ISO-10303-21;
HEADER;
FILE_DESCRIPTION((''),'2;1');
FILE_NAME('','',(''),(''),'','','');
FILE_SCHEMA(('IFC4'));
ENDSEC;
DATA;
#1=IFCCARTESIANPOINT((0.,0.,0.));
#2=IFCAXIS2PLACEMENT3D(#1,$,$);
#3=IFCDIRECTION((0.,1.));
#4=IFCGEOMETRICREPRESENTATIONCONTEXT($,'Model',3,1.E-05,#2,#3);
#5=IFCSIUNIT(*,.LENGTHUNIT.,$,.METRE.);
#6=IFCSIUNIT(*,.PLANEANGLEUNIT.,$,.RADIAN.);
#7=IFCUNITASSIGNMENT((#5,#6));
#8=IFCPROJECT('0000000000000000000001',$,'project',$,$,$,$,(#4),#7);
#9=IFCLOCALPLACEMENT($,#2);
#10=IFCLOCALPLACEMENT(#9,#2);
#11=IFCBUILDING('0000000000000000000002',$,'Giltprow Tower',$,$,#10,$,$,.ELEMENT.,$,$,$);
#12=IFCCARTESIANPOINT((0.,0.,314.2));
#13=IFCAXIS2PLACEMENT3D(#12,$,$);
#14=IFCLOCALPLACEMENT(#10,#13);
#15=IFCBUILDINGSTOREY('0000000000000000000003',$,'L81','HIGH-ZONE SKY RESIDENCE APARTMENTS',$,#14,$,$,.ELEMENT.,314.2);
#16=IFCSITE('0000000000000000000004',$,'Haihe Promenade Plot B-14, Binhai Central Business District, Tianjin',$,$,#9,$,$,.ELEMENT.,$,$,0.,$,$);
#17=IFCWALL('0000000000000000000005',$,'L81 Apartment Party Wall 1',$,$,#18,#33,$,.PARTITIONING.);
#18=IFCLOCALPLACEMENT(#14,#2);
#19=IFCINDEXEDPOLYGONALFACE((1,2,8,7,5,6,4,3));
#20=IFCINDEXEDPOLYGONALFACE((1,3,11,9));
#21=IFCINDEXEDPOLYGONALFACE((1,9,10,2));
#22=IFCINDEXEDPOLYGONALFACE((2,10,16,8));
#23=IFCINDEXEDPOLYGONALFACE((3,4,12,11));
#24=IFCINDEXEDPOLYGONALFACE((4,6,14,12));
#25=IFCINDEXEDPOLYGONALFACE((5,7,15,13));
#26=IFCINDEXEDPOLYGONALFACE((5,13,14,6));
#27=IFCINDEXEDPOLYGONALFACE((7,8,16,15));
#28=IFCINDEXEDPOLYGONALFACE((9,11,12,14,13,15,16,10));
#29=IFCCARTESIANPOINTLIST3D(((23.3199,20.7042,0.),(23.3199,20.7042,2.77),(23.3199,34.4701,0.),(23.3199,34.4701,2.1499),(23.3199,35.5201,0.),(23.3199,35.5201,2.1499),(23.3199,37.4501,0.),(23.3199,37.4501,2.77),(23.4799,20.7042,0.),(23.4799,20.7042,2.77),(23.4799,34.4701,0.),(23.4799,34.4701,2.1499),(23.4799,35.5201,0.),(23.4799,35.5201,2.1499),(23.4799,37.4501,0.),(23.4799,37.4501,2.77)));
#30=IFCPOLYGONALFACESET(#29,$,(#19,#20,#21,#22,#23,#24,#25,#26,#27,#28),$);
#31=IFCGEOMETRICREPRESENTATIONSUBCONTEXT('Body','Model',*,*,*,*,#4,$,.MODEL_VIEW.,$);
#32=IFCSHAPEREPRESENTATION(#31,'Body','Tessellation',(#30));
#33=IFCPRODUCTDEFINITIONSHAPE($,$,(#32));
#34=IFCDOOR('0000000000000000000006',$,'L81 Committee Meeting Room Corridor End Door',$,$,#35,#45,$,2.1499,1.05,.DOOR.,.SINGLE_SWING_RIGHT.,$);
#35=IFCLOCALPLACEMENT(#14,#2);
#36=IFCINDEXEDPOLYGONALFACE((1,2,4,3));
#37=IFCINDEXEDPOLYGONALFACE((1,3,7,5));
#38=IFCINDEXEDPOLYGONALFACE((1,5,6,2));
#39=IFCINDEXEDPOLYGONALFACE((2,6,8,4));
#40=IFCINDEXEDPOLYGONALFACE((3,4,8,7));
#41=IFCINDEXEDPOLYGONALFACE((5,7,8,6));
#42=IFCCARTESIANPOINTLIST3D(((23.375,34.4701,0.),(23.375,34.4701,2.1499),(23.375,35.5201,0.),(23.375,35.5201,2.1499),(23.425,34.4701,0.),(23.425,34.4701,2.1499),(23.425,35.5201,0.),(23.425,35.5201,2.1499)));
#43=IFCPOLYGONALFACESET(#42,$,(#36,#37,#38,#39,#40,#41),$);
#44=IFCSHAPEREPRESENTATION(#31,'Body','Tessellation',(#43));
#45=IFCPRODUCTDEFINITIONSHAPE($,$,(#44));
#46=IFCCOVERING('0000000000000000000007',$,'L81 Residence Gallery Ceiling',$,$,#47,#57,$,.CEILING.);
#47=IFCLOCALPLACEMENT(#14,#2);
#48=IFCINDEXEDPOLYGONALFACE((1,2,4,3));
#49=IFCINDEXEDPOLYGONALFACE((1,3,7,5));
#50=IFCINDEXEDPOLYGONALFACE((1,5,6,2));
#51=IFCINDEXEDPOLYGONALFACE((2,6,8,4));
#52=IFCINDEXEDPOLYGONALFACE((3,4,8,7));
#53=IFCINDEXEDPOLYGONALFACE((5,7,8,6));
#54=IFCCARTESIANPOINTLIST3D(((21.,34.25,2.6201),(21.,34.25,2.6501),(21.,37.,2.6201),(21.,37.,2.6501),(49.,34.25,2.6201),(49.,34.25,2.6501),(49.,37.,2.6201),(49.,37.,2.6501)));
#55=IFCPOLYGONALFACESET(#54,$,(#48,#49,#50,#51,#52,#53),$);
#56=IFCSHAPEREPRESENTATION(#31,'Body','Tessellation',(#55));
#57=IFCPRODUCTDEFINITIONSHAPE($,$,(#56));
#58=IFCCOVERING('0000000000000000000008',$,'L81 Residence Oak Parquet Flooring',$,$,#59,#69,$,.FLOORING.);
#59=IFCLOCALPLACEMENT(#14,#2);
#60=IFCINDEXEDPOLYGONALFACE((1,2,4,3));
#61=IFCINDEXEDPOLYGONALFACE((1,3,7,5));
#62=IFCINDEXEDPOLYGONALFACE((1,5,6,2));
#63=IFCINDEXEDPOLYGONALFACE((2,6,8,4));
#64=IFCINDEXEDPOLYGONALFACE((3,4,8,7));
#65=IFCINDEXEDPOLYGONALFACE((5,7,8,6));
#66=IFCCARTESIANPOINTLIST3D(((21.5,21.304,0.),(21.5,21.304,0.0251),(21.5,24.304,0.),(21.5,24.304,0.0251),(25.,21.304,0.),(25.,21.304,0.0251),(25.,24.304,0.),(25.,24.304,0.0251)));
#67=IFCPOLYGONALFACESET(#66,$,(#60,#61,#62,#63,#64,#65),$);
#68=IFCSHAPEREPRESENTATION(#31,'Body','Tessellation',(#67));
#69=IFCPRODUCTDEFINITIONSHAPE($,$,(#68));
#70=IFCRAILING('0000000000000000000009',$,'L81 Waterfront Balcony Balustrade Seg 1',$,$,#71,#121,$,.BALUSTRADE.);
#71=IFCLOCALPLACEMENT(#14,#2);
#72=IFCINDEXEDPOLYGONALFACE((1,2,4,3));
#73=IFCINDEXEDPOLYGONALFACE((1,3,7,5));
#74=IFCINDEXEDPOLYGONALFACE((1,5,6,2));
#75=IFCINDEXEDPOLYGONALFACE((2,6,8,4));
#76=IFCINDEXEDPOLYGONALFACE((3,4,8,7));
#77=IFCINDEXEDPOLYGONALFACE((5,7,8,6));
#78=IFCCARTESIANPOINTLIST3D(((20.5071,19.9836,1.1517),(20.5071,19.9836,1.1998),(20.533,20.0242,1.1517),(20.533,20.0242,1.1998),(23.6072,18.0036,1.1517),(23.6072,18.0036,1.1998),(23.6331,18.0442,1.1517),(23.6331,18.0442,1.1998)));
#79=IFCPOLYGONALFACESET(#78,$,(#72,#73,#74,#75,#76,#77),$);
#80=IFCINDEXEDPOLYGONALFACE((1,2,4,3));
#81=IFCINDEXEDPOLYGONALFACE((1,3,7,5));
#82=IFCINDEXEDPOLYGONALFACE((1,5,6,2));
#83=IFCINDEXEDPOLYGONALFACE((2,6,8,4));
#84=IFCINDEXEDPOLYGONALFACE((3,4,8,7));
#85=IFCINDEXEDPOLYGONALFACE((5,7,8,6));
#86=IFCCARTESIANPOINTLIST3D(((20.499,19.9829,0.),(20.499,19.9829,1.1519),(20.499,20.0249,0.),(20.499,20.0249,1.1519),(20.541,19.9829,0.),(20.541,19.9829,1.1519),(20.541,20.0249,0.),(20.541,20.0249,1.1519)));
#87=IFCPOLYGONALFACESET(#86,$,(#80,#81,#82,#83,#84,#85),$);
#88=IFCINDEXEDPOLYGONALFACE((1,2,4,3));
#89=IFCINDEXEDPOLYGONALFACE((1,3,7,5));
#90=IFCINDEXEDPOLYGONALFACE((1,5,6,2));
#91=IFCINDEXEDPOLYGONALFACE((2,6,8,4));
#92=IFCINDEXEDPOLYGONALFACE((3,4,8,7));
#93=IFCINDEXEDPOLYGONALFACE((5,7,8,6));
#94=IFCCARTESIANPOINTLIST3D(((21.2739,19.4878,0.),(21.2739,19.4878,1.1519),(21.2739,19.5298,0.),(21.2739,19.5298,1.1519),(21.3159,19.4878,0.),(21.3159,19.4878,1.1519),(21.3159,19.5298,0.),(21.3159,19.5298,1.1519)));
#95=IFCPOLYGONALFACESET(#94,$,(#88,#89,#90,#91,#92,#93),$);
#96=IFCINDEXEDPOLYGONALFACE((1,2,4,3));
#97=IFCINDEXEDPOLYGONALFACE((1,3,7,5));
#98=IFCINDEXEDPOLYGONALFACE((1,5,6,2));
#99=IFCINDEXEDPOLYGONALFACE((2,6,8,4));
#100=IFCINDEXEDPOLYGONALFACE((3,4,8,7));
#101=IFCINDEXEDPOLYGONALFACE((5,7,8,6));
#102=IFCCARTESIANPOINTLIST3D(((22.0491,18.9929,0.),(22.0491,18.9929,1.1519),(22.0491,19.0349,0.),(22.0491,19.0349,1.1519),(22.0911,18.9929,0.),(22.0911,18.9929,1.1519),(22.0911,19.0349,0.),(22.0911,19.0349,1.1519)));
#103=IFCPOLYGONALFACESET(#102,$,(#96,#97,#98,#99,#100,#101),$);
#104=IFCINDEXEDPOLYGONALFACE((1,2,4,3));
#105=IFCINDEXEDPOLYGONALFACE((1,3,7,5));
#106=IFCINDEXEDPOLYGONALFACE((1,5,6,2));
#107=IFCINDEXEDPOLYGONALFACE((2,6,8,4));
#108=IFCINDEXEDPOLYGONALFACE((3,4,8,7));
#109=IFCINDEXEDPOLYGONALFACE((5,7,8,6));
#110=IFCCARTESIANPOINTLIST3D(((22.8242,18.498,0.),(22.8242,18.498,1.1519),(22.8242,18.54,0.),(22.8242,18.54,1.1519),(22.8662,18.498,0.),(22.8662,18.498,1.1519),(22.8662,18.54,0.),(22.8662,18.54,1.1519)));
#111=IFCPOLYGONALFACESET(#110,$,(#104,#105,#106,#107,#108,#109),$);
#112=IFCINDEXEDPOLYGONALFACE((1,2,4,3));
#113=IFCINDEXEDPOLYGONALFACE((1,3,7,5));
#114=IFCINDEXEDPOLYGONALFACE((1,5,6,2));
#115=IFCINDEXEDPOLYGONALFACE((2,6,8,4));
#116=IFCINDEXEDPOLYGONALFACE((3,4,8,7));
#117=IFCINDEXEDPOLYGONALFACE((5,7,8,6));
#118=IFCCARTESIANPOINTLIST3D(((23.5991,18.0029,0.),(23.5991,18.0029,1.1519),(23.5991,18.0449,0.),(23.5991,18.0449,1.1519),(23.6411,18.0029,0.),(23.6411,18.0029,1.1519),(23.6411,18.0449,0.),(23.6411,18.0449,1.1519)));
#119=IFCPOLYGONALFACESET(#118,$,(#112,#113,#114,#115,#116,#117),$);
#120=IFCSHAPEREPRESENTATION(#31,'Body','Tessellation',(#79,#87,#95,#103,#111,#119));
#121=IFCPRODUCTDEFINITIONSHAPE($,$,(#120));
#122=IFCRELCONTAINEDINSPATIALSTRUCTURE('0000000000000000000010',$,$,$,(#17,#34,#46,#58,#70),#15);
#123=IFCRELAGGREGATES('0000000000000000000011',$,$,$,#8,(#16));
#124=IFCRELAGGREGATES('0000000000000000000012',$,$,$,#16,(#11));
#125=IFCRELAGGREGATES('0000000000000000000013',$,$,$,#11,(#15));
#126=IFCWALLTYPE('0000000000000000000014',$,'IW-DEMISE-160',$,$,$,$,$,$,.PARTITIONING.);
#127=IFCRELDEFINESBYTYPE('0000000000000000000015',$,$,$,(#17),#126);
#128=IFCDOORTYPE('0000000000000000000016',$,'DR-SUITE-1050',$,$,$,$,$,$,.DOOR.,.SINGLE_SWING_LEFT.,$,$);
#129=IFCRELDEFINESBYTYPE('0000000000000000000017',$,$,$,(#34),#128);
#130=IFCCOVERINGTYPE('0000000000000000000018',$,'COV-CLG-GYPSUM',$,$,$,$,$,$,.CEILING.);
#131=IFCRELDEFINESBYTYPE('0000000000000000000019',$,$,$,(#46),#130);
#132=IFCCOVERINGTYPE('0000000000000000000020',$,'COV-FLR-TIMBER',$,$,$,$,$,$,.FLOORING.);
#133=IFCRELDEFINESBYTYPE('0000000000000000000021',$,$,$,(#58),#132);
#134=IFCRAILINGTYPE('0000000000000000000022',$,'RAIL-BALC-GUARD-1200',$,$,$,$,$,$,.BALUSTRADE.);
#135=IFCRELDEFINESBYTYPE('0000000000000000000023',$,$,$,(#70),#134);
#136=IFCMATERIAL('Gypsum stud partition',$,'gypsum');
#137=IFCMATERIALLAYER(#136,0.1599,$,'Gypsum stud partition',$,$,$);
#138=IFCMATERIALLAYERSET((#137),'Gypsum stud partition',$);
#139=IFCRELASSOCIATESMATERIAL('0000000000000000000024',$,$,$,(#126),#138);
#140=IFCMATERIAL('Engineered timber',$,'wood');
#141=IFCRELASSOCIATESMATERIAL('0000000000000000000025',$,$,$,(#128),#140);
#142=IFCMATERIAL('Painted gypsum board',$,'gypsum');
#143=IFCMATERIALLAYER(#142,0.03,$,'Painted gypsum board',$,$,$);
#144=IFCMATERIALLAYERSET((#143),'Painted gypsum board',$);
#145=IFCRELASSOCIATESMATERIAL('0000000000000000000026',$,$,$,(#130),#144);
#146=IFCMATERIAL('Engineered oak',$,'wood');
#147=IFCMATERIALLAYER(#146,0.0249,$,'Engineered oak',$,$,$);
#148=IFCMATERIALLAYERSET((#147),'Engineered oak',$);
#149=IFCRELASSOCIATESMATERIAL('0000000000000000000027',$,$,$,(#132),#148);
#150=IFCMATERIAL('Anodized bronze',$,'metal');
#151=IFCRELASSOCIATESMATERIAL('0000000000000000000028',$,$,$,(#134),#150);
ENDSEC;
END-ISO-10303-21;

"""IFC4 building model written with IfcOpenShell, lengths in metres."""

from ifc_helpers import new_model, si_unit, direction, frame, frame_2d, origin, origin_2d, place, context, subcontext, project, spatial, polyline, rectangle, outline, extrude, source, transform, mapped, material, layer, layer_set, type_object, element, fill, save


model = new_model("IFC4")

# Units and contexts
model_context = context("Model", 3, precision=1e-05, world=origin(), true_north=direction((0.0, 1.0)))
body_context = subcontext(model_context, "Body", "Model", "MODEL_VIEW")
ifc_project = project(units=[si_unit("LENGTHUNIT", "METRE"), si_unit("PLANEANGLEUNIT", "RADIAN")], contexts=[model_context])

# Site, building, storey
site_placement = place(None, origin())
site = spatial("IfcSite", under=ifc_project, at=site_placement, Name="Haihe Promenade Plot B-14, Binhai Central Business District, Tianjin", CompositionType="ELEMENT", RefElevation=0.0)
building_placement = place(site_placement, origin())
building = spatial("IfcBuilding", under=site, at=building_placement, Name="Giltprow Tower", CompositionType="ELEMENT")
storey_placement = place(building_placement, frame((0.0, 0.0, 314.2)))
storey = spatial("IfcBuildingStorey", under=building, at=storey_placement, Name="L81", Description="HIGH-ZONE SKY RESIDENCE APARTMENTS", CompositionType="ELEMENT", Elevation=314.2)

# Shared definitions
ifc_material_1 = material(Name="Anodized bronze", Category="metal")

# Wall, opening, door
ifc_material_2 = material(Name="Gypsum stud partition", Category="gypsum")
ifc_layer_1 = layer(ifc_material_2, 0.1599, Name="Gypsum stud partition")
ifc_layer_set_1 = layer_set([ifc_layer_1], Name="Gypsum stud partition")
wall_type_1 = type_object("IfcWallType", Name="IW-DEMISE-160", PredefinedType="PARTITIONING", material=ifc_layer_set_1)
wall_1_placement = place(storey_placement, frame((23.3999, 20.7041, 0.0), z_axis=(0.0, 0.0, 1.0), x_axis=(0.0, 1.0, 0.0)))
wall_1 = element("IfcWall", 1, at=wall_1_placement, inside=storey, type_object=wall_type_1, Name="L81 Apartment Party Wall 1", PredefinedType="PARTITIONING", context=body_context, shape_type="SweptSolid", body=[
    extrude(rectangle(XDim=16.7458, YDim=0.1599, at=frame_2d((8.373, 0.0))), origin(), (0.0, 0.0, 1.0), 2.77),
])
opening_1_placement = place(wall_1_placement, frame((13.7661, 0.0, 0.0)))
opening_1 = element("IfcOpeningElement", 2, at=opening_1_placement, cuts=wall_1, PredefinedType="OPENING", context=body_context, shape_type="SweptSolid", body=[
    extrude(rectangle(XDim=1.05, YDim=2.1499, at=frame_2d((0.5249, 1.075))), frame((0.0, 0.0898, 0.0), z_axis=(0.0, -1.0, 0.0), x_axis=(1.0, 0.0, 0.0)), (0.0, 0.0, 1.0), 0.1799),
])
ifc_material_3 = material(Name="Engineered timber", Category="wood")
door_type_1 = type_object("IfcDoorType", Name="DR-SUITE-1050", OperationType="SINGLE_SWING_LEFT", PredefinedType="DOOR", material=ifc_material_3)
shared_shape_1 = source(origin(), body_context, "Body", "SweptSolid", [
    extrude(rectangle(XDim=1.05, YDim=2.1499, at=frame_2d((0.5249, 1.075))), frame((0.0, 0.0249, 0.0), z_axis=(0.0, -1.0, 0.0), x_axis=(1.0, 0.0, 0.0)), (0.0, 0.0, 1.0), 0.05),
])
door_1_placement = place(opening_1_placement, origin())
door_1 = element("IfcDoor", 3, at=door_1_placement, inside=storey, type_object=door_type_1, Name="L81 Committee Meeting Room Corridor End Door", OperationType="SINGLE_SWING_RIGHT", OverallHeight=2.1499, OverallWidth=1.05, PredefinedType="DOOR", context=body_context, shape_type="MappedRepresentation", body=[
    mapped(shared_shape_1, transform((0.0, 0.0, 0.0), x_axis=(1.0, 0.0, 0.0), y_axis=(0.0, 1.0, 0.0), z_axis=(0.0, 0.0, 1.0), scale=1.0)),
])
fill(opening_1, door_1)

# Coverings
ifc_material_4 = material(Name="Painted gypsum board", Category="gypsum")
ifc_layer_2 = layer(ifc_material_4, 0.03, Name="Painted gypsum board")
ifc_layer_set_2 = layer_set([ifc_layer_2], Name="Painted gypsum board")
covering_type_1 = type_object("IfcCoveringType", Name="COV-CLG-GYPSUM", PredefinedType="CEILING", material=ifc_layer_set_2)
covering_1_placement = place(storey_placement, frame((0.0, 0.0, 2.6201)))
element("IfcCovering", 4, at=covering_1_placement, inside=storey, type_object=covering_type_1, Name="L81 Residence Gallery Ceiling", PredefinedType="CEILING", context=body_context, shape_type="SweptSolid", body=[
    extrude(outline(polyline([(21.0, 34.25), (49.0, 34.25), (49.0, 37.0), (21.0, 37.0), (21.0, 34.25)])), origin(), (0.0, 0.0, 1.0), 0.03),
])
ifc_material_5 = material(Name="Engineered oak", Category="wood")
ifc_layer_3 = layer(ifc_material_5, 0.0249, Name="Engineered oak")
ifc_layer_set_3 = layer_set([ifc_layer_3], Name="Engineered oak")
covering_type_2 = type_object("IfcCoveringType", Name="COV-FLR-TIMBER", PredefinedType="FLOORING", material=ifc_layer_set_3)
covering_2_placement = place(storey_placement, origin())
element("IfcCovering", 5, at=covering_2_placement, inside=storey, type_object=covering_type_2, Name="L81 Residence Oak Parquet Flooring", PredefinedType="FLOORING", context=body_context, shape_type="SweptSolid", body=[
    extrude(outline(polyline([(21.5, 21.304), (25.0, 21.304), (25.0, 24.304), (21.5, 24.304), (21.5, 21.304)])), origin(), (0.0, 0.0, 1.0), 0.0251),
])

# Railing
railing_type = type_object("IfcRailingType", Name="RAIL-BALC-GUARD-1200", PredefinedType="BALUSTRADE", material=ifc_material_1)
railing_1_placement = place(storey_placement, frame((20.52, 20.0039, 0.0)))
element("IfcRailing", 6, at=railing_1_placement, inside=storey, type_object=railing_type, Name="L81 Waterfront Balcony Balustrade Seg 1", PredefinedType="BALUSTRADE", context=body_context, shape_type="SweptSolid", body=[
    extrude(rectangle(XDim=0.0481, YDim=0.0481, at=origin_2d()), frame((0.0, 0.0, 1.1758), z_axis=(0.842775, -0.538266, 0.0), x_axis=(0.538266, 0.842775, 0.0)), (0.0, 0.0, 1.0), 3.6785),
    extrude(rectangle(XDim=0.042, YDim=0.042, at=origin_2d()), origin(), (0.0, 0.0, 1.0), 1.1519),
    extrude(rectangle(XDim=0.042, YDim=0.042, at=origin_2d()), frame((0.7749, -0.4951, 0.0)), (0.0, 0.0, 1.0), 1.1519),
    extrude(rectangle(XDim=0.042, YDim=0.042, at=origin_2d()), frame((1.55, -0.99, 0.0)), (0.0, 0.0, 1.0), 1.1519),
    extrude(rectangle(XDim=0.042, YDim=0.042, at=origin_2d()), frame((2.3252, -1.4849, 0.0)), (0.0, 0.0, 1.0), 1.1519),
    extrude(rectangle(XDim=0.042, YDim=0.042, at=origin_2d()), frame((3.1001, -1.98, 0.0)), (0.0, 0.0, 1.0), 1.1519),
])

save(model, "model.ifc")
